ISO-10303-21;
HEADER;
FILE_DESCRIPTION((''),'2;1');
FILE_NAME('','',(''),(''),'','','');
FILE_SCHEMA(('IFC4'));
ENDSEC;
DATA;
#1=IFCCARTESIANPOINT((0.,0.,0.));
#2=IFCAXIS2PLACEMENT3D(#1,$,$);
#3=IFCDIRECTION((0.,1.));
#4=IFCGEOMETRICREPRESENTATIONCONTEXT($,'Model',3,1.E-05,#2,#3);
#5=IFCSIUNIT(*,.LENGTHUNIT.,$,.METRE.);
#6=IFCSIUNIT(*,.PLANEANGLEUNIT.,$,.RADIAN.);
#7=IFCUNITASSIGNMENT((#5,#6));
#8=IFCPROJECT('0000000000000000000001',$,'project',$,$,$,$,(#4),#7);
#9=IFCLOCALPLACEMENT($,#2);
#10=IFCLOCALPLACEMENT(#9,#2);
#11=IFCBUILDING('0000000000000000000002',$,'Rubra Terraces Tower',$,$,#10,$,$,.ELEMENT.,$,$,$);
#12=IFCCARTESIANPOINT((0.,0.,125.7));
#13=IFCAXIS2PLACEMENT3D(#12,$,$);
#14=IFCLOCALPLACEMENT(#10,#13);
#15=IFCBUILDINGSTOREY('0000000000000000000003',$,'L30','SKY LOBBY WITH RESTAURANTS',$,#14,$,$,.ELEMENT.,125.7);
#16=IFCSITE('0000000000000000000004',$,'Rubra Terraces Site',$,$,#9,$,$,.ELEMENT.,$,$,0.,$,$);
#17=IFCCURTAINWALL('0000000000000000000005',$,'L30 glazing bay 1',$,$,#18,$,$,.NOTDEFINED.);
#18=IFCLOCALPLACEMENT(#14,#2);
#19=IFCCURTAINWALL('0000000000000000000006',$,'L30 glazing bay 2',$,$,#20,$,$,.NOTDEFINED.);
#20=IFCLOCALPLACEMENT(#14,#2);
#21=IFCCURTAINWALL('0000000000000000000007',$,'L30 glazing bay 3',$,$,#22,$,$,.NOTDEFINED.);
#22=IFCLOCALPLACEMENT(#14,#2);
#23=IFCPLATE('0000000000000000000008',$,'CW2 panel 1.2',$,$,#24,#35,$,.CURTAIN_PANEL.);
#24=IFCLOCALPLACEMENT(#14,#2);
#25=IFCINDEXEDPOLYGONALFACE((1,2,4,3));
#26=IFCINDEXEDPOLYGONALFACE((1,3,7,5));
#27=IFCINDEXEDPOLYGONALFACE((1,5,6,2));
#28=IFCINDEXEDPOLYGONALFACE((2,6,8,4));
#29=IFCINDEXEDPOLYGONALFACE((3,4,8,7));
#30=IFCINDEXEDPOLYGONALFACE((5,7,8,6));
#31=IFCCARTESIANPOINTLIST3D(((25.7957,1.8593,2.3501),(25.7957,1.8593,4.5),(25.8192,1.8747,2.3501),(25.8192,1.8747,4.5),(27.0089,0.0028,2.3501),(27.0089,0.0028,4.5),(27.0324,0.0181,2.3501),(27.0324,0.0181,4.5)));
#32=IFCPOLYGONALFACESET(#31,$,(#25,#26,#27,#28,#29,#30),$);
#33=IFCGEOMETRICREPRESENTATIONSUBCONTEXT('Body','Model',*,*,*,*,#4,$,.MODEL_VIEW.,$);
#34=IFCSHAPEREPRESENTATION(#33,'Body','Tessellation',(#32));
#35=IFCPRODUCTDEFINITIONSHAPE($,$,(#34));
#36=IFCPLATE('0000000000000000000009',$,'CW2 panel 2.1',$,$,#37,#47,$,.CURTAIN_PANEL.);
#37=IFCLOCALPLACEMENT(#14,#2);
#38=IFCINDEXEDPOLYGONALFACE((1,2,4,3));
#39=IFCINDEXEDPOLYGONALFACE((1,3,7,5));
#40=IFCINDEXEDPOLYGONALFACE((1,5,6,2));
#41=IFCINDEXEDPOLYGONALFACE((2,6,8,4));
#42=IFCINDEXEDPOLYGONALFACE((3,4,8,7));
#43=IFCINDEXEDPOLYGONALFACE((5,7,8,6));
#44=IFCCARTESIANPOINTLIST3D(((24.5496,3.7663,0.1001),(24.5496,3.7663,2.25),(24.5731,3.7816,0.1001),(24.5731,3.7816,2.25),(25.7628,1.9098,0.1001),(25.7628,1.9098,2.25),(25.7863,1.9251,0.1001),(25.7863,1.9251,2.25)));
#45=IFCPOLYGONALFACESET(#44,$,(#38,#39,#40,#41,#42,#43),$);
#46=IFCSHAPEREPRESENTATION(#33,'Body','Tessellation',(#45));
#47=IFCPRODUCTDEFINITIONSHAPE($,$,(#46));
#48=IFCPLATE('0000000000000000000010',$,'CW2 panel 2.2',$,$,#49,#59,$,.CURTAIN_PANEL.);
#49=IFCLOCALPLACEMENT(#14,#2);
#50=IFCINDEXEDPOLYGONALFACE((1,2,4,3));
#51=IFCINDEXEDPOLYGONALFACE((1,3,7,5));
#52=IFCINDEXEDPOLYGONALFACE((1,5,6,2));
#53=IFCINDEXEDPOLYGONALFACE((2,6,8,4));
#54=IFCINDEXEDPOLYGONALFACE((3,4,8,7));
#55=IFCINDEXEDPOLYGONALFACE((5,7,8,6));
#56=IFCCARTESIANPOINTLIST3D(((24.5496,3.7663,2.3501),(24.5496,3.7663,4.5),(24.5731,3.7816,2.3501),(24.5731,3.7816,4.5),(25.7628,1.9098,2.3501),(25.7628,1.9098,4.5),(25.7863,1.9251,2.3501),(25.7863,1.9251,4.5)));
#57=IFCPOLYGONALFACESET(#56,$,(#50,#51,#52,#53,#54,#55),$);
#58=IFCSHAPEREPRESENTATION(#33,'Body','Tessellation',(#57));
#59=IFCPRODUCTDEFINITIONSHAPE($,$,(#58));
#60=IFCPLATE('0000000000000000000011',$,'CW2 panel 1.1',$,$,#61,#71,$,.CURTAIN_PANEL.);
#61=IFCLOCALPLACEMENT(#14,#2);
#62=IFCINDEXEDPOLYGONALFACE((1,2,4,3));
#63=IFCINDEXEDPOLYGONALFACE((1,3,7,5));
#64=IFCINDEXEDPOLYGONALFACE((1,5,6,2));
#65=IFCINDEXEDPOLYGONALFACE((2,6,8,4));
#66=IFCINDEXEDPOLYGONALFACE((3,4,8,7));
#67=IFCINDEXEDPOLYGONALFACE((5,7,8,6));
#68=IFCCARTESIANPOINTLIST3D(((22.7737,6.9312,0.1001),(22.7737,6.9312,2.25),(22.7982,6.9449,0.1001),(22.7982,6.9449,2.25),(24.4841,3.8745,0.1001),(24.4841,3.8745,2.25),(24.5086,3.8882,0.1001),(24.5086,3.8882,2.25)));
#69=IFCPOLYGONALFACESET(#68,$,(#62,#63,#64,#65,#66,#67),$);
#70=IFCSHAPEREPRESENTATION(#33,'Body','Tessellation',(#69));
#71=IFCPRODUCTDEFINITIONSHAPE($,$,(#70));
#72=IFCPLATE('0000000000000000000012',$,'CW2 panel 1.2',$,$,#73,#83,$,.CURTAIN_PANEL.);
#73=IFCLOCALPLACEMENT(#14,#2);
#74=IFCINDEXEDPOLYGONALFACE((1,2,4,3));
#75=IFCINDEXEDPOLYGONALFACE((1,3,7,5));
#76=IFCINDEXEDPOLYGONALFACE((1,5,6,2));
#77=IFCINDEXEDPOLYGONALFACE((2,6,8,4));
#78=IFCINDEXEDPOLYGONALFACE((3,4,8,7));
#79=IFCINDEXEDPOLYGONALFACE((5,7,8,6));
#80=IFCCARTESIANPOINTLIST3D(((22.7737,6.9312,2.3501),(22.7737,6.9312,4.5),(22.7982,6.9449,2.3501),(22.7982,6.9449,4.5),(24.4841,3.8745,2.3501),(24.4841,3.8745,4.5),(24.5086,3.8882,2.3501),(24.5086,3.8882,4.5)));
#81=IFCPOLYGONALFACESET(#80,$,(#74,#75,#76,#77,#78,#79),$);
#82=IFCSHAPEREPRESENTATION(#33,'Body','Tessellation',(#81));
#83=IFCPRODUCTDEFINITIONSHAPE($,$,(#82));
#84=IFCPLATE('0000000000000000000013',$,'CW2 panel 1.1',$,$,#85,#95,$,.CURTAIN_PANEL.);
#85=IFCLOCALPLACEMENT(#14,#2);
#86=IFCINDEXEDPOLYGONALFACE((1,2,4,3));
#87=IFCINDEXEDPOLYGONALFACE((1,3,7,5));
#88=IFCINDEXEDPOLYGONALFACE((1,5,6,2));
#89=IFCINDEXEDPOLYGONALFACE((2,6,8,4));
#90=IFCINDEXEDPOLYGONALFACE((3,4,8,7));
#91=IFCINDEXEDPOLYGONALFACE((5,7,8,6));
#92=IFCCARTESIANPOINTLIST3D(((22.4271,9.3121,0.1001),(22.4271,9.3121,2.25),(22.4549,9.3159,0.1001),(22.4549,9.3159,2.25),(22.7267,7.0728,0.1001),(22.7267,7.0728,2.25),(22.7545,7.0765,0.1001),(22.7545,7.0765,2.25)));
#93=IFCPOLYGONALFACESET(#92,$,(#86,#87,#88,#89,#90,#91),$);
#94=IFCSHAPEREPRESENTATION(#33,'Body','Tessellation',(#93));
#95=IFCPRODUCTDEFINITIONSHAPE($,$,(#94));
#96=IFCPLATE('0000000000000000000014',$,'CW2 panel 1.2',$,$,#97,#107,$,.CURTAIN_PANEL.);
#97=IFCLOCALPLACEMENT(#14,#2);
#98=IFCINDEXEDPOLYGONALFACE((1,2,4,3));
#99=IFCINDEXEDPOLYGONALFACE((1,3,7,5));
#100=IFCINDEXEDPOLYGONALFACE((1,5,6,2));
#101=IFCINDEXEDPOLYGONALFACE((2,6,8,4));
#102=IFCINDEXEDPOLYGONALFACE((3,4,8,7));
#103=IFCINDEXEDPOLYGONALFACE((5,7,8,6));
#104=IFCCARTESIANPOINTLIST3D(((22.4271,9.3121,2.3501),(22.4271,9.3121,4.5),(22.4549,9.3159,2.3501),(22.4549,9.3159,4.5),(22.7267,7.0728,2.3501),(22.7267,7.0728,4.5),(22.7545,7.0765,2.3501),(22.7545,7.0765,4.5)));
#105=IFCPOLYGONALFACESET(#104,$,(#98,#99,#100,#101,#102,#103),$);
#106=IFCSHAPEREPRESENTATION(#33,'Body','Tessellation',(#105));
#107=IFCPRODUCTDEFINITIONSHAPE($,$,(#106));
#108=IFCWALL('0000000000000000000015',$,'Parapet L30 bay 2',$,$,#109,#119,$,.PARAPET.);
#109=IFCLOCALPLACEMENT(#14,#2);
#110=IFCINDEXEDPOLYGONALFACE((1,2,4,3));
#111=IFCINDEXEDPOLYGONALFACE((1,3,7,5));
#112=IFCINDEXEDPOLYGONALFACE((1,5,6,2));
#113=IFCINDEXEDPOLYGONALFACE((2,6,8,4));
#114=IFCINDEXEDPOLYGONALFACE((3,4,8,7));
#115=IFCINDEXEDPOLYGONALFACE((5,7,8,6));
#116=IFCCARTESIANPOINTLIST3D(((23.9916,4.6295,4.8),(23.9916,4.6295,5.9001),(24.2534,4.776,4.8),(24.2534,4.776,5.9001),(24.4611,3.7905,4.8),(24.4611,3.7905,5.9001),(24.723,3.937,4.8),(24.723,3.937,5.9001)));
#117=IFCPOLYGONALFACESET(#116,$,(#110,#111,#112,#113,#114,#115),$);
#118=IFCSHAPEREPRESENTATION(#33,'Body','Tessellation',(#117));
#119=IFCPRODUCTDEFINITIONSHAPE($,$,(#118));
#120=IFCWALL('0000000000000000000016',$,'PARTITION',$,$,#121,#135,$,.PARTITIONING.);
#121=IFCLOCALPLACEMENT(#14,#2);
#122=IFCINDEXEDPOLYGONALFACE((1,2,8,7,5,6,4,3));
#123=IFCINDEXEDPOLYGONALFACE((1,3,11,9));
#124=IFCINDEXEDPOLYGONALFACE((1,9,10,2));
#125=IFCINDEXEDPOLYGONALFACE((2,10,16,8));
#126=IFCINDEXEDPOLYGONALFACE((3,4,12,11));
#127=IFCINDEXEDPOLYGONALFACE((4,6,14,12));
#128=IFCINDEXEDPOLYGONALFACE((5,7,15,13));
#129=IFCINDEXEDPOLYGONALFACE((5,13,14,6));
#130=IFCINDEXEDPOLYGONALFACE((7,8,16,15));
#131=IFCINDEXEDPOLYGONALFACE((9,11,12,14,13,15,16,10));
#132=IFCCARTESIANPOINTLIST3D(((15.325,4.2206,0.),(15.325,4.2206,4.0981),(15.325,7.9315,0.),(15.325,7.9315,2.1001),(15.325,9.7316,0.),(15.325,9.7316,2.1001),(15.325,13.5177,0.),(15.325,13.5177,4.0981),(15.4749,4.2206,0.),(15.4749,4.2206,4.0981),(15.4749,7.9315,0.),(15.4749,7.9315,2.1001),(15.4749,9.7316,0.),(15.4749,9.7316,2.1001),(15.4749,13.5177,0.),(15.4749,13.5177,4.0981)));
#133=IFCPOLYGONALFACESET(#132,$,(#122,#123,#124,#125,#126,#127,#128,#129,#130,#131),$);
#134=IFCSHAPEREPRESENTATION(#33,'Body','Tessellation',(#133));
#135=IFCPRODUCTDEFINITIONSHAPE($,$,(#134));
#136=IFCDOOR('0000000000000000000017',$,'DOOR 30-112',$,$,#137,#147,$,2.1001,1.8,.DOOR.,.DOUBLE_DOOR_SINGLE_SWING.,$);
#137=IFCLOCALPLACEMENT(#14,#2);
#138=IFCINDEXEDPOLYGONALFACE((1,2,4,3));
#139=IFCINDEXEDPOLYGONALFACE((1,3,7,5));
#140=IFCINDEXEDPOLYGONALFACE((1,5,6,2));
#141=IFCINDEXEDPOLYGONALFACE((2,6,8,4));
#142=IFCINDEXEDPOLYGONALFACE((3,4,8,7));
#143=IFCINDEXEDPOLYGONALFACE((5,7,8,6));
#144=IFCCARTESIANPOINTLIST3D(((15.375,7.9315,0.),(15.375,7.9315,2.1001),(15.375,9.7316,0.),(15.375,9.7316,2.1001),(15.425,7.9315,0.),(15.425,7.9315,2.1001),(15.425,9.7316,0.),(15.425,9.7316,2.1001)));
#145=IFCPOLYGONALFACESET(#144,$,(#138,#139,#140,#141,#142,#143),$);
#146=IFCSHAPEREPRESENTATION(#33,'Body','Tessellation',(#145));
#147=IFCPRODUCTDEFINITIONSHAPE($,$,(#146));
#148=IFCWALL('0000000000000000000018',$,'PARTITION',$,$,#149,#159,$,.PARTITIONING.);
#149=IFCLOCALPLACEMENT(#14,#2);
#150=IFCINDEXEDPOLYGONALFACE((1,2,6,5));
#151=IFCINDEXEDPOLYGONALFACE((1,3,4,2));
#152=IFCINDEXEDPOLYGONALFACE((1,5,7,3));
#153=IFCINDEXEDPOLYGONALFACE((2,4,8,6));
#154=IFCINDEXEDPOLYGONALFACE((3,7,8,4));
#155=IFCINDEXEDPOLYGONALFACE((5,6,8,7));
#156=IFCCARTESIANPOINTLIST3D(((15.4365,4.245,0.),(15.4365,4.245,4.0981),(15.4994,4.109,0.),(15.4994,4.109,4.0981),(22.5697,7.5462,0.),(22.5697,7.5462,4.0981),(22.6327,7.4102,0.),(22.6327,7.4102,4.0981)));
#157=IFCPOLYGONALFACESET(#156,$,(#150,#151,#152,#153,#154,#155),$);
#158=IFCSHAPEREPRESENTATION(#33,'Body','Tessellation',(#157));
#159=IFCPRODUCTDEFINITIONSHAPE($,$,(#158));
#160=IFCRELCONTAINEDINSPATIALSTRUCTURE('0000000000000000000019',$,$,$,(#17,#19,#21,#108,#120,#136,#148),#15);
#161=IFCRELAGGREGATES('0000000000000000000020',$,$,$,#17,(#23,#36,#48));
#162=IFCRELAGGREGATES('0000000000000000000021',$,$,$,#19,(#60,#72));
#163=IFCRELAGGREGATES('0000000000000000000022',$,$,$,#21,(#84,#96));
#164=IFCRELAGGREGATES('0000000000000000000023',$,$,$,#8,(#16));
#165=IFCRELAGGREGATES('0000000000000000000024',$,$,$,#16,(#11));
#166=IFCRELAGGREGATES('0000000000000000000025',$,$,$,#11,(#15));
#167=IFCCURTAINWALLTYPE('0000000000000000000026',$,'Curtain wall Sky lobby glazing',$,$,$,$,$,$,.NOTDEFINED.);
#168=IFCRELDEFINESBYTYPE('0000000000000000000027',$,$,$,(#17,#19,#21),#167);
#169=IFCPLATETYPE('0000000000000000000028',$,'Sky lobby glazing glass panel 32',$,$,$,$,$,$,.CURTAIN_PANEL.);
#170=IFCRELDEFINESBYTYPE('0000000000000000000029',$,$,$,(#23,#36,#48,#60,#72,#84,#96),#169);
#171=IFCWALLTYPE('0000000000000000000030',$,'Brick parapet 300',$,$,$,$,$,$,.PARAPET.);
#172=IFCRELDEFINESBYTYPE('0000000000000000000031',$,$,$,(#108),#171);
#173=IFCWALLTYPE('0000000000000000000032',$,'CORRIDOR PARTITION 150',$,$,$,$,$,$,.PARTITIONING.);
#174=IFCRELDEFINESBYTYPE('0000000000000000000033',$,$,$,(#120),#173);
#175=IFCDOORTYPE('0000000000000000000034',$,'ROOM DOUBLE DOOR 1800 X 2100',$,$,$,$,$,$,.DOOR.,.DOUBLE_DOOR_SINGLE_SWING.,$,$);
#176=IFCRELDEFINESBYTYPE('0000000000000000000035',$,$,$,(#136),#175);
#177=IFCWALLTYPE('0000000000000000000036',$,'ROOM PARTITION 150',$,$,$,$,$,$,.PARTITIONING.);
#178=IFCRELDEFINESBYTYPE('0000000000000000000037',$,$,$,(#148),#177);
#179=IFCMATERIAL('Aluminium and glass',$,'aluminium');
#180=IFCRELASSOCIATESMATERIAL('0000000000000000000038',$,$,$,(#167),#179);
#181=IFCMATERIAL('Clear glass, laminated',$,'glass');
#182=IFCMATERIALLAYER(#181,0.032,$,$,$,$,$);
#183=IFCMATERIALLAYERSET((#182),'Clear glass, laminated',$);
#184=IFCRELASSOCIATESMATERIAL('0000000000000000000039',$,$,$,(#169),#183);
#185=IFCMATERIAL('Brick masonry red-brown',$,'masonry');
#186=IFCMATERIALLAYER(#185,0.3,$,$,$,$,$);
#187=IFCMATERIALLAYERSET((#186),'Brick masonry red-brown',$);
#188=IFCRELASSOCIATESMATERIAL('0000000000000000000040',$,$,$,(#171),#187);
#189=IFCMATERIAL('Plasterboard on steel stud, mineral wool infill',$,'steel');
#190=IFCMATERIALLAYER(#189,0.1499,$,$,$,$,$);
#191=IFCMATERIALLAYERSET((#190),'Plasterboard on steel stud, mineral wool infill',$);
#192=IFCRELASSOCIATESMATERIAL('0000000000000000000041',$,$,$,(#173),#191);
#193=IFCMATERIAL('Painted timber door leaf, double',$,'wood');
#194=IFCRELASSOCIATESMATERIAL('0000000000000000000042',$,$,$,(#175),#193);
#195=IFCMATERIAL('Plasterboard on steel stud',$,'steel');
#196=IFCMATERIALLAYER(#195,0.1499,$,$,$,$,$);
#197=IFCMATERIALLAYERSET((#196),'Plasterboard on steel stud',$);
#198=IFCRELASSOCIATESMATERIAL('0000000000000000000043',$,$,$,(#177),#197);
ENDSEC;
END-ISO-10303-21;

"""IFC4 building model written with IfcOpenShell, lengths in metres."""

from ifc_helpers import new_model, si_unit, direction, frame, frame_2d, origin, origin_2d, place, context, subcontext, project, spatial, rectangle, extrude, material, layer, layer_set, type_object, element, fill, aggregate, save


model = new_model("IFC4")

# Units and contexts
model_context = context("Model", 3, precision=1e-05, world=origin(), true_north=direction((0.0, 1.0)))
body_context = subcontext(model_context, "Body", "Model", "MODEL_VIEW")
ifc_project = project(units=[si_unit("LENGTHUNIT", "METRE"), si_unit("PLANEANGLEUNIT", "RADIAN")], contexts=[model_context])

# Site, building, storey
site_placement = place(None, origin())
site = spatial("IfcSite", under=ifc_project, at=site_placement, Name="Rubra Terraces Site", CompositionType="ELEMENT", RefElevation=0.0)
building_placement = place(site_placement, origin())
building = spatial("IfcBuilding", under=site, at=building_placement, Name="Rubra Terraces Tower", CompositionType="ELEMENT")
storey_placement = place(building_placement, frame((0.0, 0.0, 125.7)))
storey = spatial("IfcBuildingStorey", under=building, at=storey_placement, Name="L30", Description="SKY LOBBY WITH RESTAURANTS", CompositionType="ELEMENT", Elevation=125.7)

# Curtain walls
ifc_material_1 = material(Name="Aluminium and glass", Category="aluminium")
curtain_wall_type = type_object("IfcCurtainWallType", Name="Curtain wall Sky lobby glazing", PredefinedType="NOTDEFINED", material=ifc_material_1)
curtain_wall_1_placement = place(storey_placement, origin())
curtain_wall_1 = element("IfcCurtainWall", 1, at=curtain_wall_1_placement, inside=storey, type_object=curtain_wall_type, Name="L30 glazing bay 1", PredefinedType="NOTDEFINED")
curtain_wall_2_placement = place(storey_placement, origin())
curtain_wall_2 = element("IfcCurtainWall", 2, at=curtain_wall_2_placement, inside=storey, type_object=curtain_wall_type, Name="L30 glazing bay 2", PredefinedType="NOTDEFINED")

# Curtain wall
curtain_wall_3_placement = place(storey_placement, origin())
curtain_wall_3 = element("IfcCurtainWall", 3, at=curtain_wall_3_placement, inside=storey, type_object=curtain_wall_type, Name="L30 glazing bay 3", PredefinedType="NOTDEFINED")

# Plates
ifc_material_2 = material(Name="Clear glass, laminated", Category="glass")
ifc_layer_1 = layer(ifc_material_2, 0.032)
ifc_layer_set_1 = layer_set([ifc_layer_1], Name="Clear glass, laminated")
plate_type = type_object("IfcPlateType", Name="Sky lobby glazing glass panel 32", PredefinedType="CURTAIN_PANEL", material=ifc_layer_set_1)
plate_1_placement = place(storey_placement, frame((26.4141, 0.9387, 2.3501), z_axis=(0.0, 0.0, 1.0), x_axis=(-0.547047, 0.837102, 0.0)))
plate_1 = element("IfcPlate", 4, at=plate_1_placement, type_object=plate_type, Name="CW2 panel 1.2", PredefinedType="CURTAIN_PANEL", context=body_context, shape_type="SweptSolid", body=[
    extrude(rectangle(XDim=2.2178, YDim=0.0281, at=origin_2d()), origin(), (0.0, 0.0, 1.0), 2.1499),
])
plate_2_placement = place(storey_placement, frame((25.168, 2.8457, 0.1001), z_axis=(0.0, 0.0, 1.0), x_axis=(-0.547047, 0.837102, 0.0)))
plate_2 = element("IfcPlate", 5, at=plate_2_placement, type_object=plate_type, Name="CW2 panel 2.1", PredefinedType="CURTAIN_PANEL", context=body_context, shape_type="SweptSolid", body=[
    extrude(rectangle(XDim=2.2178, YDim=0.0281, at=origin_2d()), origin(), (0.0, 0.0, 1.0), 2.1499),
])
plate_3_placement = place(storey_placement, frame((25.168, 2.8457, 2.3501), z_axis=(0.0, 0.0, 1.0), x_axis=(-0.547047, 0.837102, 0.0)))
plate_3 = element("IfcPlate", 6, at=plate_3_placement, type_object=plate_type, Name="CW2 panel 2.2", PredefinedType="CURTAIN_PANEL", context=body_context, shape_type="SweptSolid", body=[
    extrude(rectangle(XDim=2.2178, YDim=0.0281, at=origin_2d()), origin(), (0.0, 0.0, 1.0), 2.1499),
])
aggregate(curtain_wall_1, [plate_1, plate_2, plate_3])
plate_4_placement = place(storey_placement, frame((23.6411, 5.4097, 0.1001), z_axis=(0.0, 0.0, 1.0), x_axis=(-0.488313, 0.872669, 0.0)))
plate_4 = element("IfcPlate", 7, at=plate_4_placement, type_object=plate_type, Name="CW2 panel 1.1", PredefinedType="CURTAIN_PANEL", context=body_context, shape_type="SweptSolid", body=[
    extrude(rectangle(XDim=3.5027, YDim=0.0281, at=origin_2d()), origin(), (0.0, 0.0, 1.0), 2.1499),
])
plate_5_placement = place(storey_placement, frame((23.6411, 5.4097, 2.3501), z_axis=(0.0, 0.0, 1.0), x_axis=(-0.488313, 0.872669, 0.0)))
plate_5 = element("IfcPlate", 8, at=plate_5_placement, type_object=plate_type, Name="CW2 panel 1.2", PredefinedType="CURTAIN_PANEL", context=body_context, shape_type="SweptSolid", body=[
    extrude(rectangle(XDim=3.5027, YDim=0.0281, at=origin_2d()), origin(), (0.0, 0.0, 1.0), 2.1499),
])
aggregate(curtain_wall_2, [plate_4, plate_5])
plate_6_placement = place(storey_placement, frame((22.5908, 8.1943, 0.1001), z_axis=(0.0, 0.0, 1.0), x_axis=(-0.132608, 0.991169, 0.0)))
plate_6 = element("IfcPlate", 9, at=plate_6_placement, type_object=plate_type, Name="CW2 panel 1.1", PredefinedType="CURTAIN_PANEL", context=body_context, shape_type="SweptSolid", body=[
    extrude(rectangle(XDim=2.2593, YDim=0.0281, at=origin_2d()), origin(), (0.0, 0.0, 1.0), 2.1499),
])
plate_7_placement = place(storey_placement, frame((22.5908, 8.1943, 2.3501), z_axis=(0.0, 0.0, 1.0), x_axis=(-0.132608, 0.991169, 0.0)))
plate_7 = element("IfcPlate", 10, at=plate_7_placement, type_object=plate_type, Name="CW2 panel 1.2", PredefinedType="CURTAIN_PANEL", context=body_context, shape_type="SweptSolid", body=[
    extrude(rectangle(XDim=2.2593, YDim=0.0281, at=origin_2d()), origin(), (0.0, 0.0, 1.0), 2.1499),
])
aggregate(curtain_wall_3, [plate_6, plate_7])

# Wall
ifc_material_3 = material(Name="Brick masonry red-brown", Category="masonry")
ifc_layer_2 = layer(ifc_material_3, 0.3)
ifc_layer_set_2 = layer_set([ifc_layer_2], Name="Brick masonry red-brown")
wall_type_1 = type_object("IfcWallType", Name="Brick parapet 300", PredefinedType="PARAPET", material=ifc_layer_set_2)
wall_1_placement = place(storey_placement, frame((24.592, 3.8638, 4.8), z_axis=(0.0, 0.0, 1.0), x_axis=(-0.488379, 0.872632, 0.0)))
element("IfcWall", 11, at=wall_1_placement, inside=storey, type_object=wall_type_1, Name="Parapet L30 bay 2", PredefinedType="PARAPET", context=body_context, shape_type="SweptSolid", body=[
    extrude(rectangle(XDim=0.9614, YDim=0.3, at=frame_2d((0.4807, 0.0))), origin(), (0.0, 0.0, 1.0), 1.1001),
])

# Wall, opening, door
ifc_material_4 = material(Name="Plasterboard on steel stud, mineral wool infill", Category="steel")
ifc_layer_3 = layer(ifc_material_4, 0.1499)
ifc_layer_set_3 = layer_set([ifc_layer_3], Name="Plasterboard on steel stud, mineral wool infill")
wall_type_2 = type_object("IfcWallType", Name="CORRIDOR PARTITION 150", PredefinedType="PARTITIONING", material=ifc_layer_set_3)
wall_2_placement = place(storey_placement, frame((15.3999, 4.2207, 0.0), z_axis=(0.0, 0.0, 1.0), x_axis=(0.0, 1.0, 0.0)))
wall_2 = element("IfcWall", 12, at=wall_2_placement, inside=storey, type_object=wall_type_2, Name="PARTITION", PredefinedType="PARTITIONING", context=body_context, shape_type="SweptSolid", body=[
    extrude(rectangle(XDim=9.2971, YDim=0.1499, at=frame_2d((4.6484, 0.0))), origin(), (0.0, 0.0, 1.0), 4.0981),
])
opening_placement = place(wall_2_placement, frame((3.7109, 0.0, 0.0)))
opening = element("IfcOpeningElement", 13, at=opening_placement, cuts=wall_2, PredefinedType="OPENING", context=body_context, shape_type="SweptSolid", body=[
    extrude(rectangle(XDim=1.8, YDim=2.1001, at=frame_2d((0.8999, 1.05))), frame((0.0, 0.085, 0.0), z_axis=(0.0, -1.0, 0.0), x_axis=(1.0, 0.0, 0.0)), (0.0, 0.0, 1.0), 0.1699),
])
ifc_material_5 = material(Name="Painted timber door leaf, double", Category="wood")
door_type = type_object("IfcDoorType", Name="ROOM DOUBLE DOOR 1800 X 2100", OperationType="DOUBLE_DOOR_SINGLE_SWING", PredefinedType="DOOR", material=ifc_material_5)
door_placement = place(opening_placement, origin())
door = element("IfcDoor", 14, at=door_placement, inside=storey, type_object=door_type, Name="DOOR 30-112", OperationType="DOUBLE_DOOR_SINGLE_SWING", OverallHeight=2.1001, OverallWidth=1.8, PredefinedType="DOOR", context=body_context, shape_type="SweptSolid", body=[
    extrude(rectangle(XDim=1.8, YDim=2.1001, at=frame_2d((0.8999, 1.05))), frame((0.0, 0.0249, 0.0), z_axis=(0.0, -1.0, 0.0), x_axis=(1.0, 0.0, 0.0)), (0.0, 0.0, 1.0), 0.05),
])
fill(opening, door)

# Wall
ifc_material_6 = material(Name="Plasterboard on steel stud", Category="steel")
ifc_layer_4 = layer(ifc_material_6, 0.1499)
ifc_layer_set_4 = layer_set([ifc_layer_4], Name="Plasterboard on steel stud")
wall_type_3 = type_object("IfcWallType", Name="ROOM PARTITION 150", PredefinedType="PARTITIONING", material=ifc_layer_set_4)
wall_3_placement = place(storey_placement, frame((22.6013, 7.4783, 0.0), z_axis=(0.0, 0.0, 1.0), x_axis=(-0.907524, -0.419999, 0.0)))
element("IfcWall", 15, at=wall_3_placement, inside=storey, type_object=wall_type_3, Name="PARTITION", PredefinedType="PARTITIONING", context=body_context, shape_type="SweptSolid", body=[
    extrude(rectangle(XDim=7.8601, YDim=0.1499, at=frame_2d((3.9302, 0.0))), origin(), (0.0, 0.0, 1.0), 4.0981),
])

save(model, "model.ifc")
